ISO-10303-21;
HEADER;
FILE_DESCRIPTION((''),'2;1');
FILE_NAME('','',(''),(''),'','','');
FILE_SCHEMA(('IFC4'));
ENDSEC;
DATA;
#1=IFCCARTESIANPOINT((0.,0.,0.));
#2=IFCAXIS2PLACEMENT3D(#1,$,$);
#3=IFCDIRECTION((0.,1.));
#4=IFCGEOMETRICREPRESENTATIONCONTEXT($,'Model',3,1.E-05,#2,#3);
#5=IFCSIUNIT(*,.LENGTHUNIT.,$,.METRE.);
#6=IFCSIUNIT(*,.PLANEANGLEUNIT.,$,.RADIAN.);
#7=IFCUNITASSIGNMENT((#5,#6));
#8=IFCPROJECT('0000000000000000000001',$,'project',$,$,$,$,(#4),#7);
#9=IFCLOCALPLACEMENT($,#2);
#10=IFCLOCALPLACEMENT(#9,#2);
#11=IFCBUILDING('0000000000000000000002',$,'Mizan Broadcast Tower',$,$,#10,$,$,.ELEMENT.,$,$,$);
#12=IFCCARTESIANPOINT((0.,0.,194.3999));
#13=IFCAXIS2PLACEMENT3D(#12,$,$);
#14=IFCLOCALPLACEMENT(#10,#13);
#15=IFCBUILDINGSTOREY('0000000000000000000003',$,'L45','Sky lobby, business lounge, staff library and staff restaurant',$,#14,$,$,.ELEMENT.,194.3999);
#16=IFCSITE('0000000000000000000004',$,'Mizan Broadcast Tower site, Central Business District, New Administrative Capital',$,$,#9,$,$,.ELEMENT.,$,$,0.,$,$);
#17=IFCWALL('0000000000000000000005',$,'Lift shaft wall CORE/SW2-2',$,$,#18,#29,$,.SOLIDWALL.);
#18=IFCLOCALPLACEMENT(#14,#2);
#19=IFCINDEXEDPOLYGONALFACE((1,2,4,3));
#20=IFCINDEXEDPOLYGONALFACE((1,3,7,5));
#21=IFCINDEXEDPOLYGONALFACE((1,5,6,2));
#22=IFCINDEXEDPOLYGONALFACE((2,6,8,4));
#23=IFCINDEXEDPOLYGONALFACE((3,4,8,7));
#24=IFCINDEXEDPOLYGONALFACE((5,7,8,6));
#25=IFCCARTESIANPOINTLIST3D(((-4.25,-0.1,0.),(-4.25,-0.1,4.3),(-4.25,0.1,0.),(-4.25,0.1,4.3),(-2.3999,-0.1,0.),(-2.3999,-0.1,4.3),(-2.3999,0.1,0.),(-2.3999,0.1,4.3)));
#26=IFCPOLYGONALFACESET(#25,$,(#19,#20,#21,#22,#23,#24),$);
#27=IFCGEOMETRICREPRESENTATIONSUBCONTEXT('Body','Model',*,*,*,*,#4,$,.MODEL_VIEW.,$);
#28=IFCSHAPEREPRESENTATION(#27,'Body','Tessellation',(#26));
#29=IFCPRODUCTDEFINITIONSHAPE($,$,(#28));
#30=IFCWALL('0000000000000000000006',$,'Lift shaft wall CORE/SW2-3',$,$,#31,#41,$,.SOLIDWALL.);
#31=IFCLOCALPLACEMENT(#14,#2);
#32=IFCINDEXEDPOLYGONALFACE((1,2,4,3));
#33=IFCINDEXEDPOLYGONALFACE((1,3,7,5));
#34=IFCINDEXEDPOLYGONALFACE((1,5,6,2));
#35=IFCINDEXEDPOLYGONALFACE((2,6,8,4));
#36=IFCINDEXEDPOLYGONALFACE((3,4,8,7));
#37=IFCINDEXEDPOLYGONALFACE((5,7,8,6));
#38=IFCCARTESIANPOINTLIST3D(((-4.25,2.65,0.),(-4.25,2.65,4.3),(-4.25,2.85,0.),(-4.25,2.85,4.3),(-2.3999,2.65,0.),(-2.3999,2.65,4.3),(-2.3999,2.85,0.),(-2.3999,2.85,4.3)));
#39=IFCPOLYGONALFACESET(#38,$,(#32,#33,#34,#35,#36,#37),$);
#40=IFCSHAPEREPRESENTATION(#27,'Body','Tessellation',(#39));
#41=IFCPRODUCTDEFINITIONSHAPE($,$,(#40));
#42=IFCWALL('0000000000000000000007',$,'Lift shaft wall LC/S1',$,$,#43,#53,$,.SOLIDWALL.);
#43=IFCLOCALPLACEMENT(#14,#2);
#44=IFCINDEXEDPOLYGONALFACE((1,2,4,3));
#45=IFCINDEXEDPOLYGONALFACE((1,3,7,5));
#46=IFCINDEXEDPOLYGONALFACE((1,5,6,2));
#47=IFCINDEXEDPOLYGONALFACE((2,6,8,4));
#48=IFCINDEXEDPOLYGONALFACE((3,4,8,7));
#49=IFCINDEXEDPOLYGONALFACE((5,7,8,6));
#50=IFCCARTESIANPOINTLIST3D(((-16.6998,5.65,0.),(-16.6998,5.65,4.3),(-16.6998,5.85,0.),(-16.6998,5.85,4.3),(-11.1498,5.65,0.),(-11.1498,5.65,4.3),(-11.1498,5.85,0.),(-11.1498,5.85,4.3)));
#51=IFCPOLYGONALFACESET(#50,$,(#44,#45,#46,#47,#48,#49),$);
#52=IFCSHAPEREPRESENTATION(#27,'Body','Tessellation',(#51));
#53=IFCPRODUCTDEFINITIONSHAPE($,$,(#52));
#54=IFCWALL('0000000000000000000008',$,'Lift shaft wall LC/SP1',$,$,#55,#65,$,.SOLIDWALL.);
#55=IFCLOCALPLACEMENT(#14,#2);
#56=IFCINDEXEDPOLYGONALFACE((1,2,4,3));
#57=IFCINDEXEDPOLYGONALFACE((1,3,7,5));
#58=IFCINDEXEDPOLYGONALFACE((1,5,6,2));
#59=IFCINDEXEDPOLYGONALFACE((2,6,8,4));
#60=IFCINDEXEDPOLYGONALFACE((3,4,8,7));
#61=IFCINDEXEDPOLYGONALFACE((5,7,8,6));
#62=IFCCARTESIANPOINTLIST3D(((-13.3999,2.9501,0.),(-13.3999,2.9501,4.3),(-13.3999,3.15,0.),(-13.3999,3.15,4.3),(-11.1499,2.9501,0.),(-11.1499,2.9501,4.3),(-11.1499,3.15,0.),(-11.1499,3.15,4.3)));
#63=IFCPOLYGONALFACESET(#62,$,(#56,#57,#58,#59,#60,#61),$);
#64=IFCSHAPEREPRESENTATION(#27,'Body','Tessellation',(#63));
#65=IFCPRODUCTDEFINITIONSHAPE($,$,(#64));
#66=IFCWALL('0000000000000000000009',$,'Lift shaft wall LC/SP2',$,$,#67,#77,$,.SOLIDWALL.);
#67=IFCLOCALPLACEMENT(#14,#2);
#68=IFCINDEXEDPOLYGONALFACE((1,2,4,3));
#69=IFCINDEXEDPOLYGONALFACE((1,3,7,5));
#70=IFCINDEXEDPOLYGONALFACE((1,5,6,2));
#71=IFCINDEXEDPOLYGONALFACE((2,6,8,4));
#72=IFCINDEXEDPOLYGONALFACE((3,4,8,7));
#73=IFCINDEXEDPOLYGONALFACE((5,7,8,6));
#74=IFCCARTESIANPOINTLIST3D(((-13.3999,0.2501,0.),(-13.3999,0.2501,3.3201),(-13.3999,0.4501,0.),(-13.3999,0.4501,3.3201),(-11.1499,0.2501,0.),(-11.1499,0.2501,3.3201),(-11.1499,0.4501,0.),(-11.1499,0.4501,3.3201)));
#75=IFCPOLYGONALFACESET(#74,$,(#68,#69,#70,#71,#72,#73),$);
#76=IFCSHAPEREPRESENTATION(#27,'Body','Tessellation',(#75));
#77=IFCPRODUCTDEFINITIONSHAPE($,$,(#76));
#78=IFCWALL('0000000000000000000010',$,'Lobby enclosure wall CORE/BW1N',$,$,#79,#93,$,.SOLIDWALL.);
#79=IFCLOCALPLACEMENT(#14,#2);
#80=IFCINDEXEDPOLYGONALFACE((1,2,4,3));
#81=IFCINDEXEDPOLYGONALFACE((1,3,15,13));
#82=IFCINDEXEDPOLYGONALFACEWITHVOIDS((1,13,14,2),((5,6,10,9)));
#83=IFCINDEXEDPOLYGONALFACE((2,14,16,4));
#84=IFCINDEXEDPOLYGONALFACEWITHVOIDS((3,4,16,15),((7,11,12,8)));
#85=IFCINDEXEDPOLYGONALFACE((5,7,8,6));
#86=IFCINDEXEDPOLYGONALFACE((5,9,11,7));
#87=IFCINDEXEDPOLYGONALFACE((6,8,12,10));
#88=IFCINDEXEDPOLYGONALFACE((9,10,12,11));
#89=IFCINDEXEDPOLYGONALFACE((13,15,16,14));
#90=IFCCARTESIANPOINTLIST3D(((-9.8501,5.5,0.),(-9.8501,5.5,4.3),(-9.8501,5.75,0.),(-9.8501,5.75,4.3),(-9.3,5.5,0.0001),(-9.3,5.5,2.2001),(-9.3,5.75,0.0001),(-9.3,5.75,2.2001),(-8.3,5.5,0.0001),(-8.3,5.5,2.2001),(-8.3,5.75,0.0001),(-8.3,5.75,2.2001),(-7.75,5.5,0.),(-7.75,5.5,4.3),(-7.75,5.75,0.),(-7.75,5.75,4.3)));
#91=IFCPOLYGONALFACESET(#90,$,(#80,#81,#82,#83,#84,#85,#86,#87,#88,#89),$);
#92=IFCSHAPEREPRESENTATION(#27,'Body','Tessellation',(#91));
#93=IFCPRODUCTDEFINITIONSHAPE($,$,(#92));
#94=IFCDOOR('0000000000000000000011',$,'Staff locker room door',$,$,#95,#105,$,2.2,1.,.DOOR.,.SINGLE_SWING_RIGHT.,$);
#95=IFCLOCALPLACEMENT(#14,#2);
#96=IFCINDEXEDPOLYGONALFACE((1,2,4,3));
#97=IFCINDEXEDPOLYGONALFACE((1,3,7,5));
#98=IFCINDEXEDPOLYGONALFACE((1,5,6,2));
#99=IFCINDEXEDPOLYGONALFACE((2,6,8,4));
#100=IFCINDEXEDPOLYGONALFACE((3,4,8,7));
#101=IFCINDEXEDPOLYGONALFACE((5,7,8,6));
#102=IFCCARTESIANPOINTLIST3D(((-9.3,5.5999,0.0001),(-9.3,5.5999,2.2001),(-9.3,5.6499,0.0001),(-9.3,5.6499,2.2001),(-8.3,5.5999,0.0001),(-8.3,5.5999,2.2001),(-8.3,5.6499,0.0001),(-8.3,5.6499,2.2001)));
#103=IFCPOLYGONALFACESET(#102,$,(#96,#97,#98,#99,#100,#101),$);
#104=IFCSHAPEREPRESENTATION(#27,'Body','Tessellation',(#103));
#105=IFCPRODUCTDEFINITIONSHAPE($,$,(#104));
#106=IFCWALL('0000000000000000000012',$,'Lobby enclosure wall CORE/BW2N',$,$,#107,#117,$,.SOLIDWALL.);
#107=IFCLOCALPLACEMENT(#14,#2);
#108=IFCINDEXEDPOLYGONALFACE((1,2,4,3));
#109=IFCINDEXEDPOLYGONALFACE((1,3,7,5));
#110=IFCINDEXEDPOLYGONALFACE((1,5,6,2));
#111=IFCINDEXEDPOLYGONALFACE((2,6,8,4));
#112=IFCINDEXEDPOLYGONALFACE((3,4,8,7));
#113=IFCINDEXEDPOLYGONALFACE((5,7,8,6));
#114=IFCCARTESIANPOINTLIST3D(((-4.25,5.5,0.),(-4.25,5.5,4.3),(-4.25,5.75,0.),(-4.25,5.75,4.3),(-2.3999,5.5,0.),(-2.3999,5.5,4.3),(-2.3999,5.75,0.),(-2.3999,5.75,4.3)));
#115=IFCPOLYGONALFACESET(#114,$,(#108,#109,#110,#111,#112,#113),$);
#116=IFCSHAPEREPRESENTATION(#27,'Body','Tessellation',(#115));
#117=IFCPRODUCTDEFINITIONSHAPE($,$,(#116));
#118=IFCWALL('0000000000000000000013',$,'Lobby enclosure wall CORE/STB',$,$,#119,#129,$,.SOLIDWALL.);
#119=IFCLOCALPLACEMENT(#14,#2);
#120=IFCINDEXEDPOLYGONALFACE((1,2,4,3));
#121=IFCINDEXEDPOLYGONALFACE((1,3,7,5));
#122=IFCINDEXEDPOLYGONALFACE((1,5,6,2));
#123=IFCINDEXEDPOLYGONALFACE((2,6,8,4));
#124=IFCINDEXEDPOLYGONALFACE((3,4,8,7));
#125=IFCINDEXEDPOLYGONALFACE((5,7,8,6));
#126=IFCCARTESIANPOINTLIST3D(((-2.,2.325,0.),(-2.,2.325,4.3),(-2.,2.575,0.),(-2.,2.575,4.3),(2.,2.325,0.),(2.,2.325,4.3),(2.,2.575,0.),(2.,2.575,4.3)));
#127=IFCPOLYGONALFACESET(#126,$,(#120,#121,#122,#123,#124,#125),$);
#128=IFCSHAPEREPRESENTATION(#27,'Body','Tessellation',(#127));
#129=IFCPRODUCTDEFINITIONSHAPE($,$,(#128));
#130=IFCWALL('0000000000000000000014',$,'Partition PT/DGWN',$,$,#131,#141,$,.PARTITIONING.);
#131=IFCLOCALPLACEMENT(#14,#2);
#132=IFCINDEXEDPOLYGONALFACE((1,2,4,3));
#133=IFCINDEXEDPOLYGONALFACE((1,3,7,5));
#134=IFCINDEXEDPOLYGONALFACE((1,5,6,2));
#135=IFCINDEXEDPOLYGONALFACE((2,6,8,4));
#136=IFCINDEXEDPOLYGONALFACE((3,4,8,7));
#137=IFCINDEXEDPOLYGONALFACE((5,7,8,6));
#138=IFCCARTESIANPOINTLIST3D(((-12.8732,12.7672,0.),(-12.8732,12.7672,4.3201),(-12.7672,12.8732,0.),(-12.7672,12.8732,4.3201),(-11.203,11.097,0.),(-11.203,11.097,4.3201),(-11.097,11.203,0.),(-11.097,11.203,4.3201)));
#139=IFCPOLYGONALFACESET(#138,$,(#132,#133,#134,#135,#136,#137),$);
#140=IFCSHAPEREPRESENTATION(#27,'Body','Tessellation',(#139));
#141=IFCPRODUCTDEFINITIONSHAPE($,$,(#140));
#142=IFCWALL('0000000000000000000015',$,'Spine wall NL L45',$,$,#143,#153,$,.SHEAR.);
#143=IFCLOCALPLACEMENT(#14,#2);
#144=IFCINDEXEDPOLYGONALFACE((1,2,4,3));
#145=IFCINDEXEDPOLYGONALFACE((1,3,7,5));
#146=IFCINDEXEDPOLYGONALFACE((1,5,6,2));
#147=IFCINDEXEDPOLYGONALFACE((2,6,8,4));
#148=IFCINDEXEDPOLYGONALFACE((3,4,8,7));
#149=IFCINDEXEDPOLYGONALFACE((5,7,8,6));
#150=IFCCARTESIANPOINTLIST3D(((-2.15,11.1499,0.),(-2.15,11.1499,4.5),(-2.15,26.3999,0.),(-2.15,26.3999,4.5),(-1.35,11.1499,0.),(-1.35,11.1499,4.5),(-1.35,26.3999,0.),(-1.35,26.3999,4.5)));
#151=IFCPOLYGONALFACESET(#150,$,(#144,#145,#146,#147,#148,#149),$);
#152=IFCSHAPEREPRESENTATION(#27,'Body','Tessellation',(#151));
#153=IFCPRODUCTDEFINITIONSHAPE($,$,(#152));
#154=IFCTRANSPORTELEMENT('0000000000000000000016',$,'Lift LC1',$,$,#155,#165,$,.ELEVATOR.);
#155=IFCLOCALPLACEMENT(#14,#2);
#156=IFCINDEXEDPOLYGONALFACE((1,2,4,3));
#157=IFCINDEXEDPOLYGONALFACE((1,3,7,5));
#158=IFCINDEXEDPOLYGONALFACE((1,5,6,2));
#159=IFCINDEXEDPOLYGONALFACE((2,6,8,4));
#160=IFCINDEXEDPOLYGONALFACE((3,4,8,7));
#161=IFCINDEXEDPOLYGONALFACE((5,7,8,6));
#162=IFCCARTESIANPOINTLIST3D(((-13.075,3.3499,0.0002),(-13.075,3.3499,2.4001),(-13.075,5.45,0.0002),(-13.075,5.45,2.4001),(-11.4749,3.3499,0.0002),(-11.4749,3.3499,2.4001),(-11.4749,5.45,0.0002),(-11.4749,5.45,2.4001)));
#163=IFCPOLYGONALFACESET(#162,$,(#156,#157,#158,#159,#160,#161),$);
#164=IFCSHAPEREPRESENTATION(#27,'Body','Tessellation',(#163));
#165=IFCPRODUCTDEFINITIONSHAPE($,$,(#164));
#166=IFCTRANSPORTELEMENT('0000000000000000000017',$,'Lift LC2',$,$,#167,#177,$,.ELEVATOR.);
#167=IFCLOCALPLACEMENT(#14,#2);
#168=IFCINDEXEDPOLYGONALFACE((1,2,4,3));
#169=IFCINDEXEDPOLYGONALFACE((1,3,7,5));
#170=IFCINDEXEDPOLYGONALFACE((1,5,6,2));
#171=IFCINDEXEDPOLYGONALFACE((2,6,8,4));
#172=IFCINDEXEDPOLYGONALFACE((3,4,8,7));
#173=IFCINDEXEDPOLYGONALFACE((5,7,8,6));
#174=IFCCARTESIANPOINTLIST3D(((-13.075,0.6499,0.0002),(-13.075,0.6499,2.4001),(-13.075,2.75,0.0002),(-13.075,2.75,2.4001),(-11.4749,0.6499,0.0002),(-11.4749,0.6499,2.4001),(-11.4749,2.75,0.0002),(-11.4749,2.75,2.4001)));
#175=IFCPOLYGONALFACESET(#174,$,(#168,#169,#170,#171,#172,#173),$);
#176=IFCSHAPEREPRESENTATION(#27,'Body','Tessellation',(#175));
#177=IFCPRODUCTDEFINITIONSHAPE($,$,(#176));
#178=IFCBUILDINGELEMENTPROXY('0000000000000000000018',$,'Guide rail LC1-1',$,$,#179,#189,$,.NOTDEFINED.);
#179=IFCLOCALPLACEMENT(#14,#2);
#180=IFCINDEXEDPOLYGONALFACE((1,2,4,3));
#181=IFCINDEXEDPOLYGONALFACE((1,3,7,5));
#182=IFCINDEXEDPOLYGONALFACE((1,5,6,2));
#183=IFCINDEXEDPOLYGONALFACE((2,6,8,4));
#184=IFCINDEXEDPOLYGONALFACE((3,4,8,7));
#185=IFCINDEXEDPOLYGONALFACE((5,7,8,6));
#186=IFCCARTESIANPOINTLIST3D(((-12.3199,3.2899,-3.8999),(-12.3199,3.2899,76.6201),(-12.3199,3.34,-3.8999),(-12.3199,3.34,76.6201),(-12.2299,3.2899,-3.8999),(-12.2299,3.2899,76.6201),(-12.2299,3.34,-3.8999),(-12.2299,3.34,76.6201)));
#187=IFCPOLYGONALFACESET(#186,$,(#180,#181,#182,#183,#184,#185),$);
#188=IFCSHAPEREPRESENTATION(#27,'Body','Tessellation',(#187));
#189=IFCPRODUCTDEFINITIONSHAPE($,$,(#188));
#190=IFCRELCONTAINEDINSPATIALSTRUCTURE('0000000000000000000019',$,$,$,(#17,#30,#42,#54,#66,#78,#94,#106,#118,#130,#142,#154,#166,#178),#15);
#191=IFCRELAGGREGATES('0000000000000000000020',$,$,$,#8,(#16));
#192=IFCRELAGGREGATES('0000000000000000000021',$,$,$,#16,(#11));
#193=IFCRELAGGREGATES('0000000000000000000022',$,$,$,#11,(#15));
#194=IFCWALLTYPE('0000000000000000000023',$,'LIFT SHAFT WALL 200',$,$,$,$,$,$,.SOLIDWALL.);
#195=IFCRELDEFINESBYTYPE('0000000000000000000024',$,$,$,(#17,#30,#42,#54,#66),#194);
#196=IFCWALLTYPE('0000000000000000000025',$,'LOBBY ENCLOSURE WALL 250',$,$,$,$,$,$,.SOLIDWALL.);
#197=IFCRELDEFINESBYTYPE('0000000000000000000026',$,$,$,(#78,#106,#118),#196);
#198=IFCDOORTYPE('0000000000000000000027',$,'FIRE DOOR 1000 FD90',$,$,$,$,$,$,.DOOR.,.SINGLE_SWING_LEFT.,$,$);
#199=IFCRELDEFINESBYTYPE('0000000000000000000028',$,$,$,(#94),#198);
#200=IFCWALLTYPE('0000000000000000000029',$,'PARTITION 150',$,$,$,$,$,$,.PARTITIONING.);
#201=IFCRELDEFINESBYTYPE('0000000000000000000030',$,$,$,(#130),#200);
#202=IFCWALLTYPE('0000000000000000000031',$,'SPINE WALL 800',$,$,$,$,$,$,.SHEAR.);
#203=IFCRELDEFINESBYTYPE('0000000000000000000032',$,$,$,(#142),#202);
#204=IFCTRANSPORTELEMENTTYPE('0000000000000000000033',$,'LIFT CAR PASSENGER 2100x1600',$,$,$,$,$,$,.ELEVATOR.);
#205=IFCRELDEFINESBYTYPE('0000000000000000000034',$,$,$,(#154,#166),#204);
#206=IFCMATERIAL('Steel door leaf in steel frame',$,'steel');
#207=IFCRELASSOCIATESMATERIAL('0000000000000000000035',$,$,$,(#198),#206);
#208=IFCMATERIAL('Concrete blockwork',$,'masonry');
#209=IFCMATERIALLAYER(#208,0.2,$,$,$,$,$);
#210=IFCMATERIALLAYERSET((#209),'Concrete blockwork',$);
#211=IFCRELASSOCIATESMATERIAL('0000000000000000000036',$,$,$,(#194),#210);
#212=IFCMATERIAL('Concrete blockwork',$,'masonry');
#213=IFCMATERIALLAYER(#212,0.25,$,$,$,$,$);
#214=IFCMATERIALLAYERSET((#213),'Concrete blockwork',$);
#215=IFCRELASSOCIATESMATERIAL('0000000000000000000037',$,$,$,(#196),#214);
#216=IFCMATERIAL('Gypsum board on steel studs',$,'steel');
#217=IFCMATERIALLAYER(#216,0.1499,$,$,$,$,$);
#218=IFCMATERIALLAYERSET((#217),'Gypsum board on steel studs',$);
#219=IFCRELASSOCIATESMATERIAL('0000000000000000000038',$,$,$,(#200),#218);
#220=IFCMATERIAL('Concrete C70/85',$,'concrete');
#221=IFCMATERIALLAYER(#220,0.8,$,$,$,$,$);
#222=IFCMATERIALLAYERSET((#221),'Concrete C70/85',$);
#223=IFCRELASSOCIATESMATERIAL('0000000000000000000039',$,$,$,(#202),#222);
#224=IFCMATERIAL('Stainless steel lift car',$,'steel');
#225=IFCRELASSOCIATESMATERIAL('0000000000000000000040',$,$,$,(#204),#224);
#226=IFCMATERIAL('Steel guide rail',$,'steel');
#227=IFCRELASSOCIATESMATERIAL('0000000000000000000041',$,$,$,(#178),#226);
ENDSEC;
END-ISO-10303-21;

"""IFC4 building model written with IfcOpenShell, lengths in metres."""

from ifc_helpers import new_model, si_unit, direction, frame, frame_2d, origin, origin_2d, place, context, subcontext, project, spatial, rectangle, extrude, material, layer, layer_set, type_object, element, fill, save


model = new_model("IFC4")

# Units and contexts
model_context = context("Model", 3, precision=1e-05, world=origin(), true_north=direction((0.0, 1.0)))
body_context = subcontext(model_context, "Body", "Model", "MODEL_VIEW")
ifc_project = project(units=[si_unit("LENGTHUNIT", "METRE"), si_unit("PLANEANGLEUNIT", "RADIAN")], contexts=[model_context])

# Site, building, storey
site_placement = place(None, origin())
site = spatial("IfcSite", under=ifc_project, at=site_placement, Name="Mizan Broadcast Tower site, Central Business District, New Administrative Capital", CompositionType="ELEMENT", RefElevation=0.0)
building_placement = place(site_placement, origin())
building = spatial("IfcBuilding", under=site, at=building_placement, Name="Mizan Broadcast Tower", CompositionType="ELEMENT")
storey_placement = place(building_placement, frame((0.0, 0.0, 194.3999)))
storey = spatial("IfcBuildingStorey", under=building, at=storey_placement, Name="L45", Description="Sky lobby, business lounge, staff library and staff restaurant", CompositionType="ELEMENT", Elevation=194.3999)

# Shared definitions
ifc_material_1 = material(Name="Steel door leaf in steel frame", Category="steel")
door_type_1 = type_object("IfcDoorType", Name="FIRE DOOR 1000 FD90", OperationType="SINGLE_SWING_LEFT", PredefinedType="DOOR", material=ifc_material_1)

# Walls
ifc_material_2 = material(Name="Concrete blockwork", Category="masonry")
ifc_layer_1 = layer(ifc_material_2, 0.2)
ifc_layer_set_1 = layer_set([ifc_layer_1], Name="Concrete blockwork")
wall_type_1 = type_object("IfcWallType", Name="LIFT SHAFT WALL 200", PredefinedType="SOLIDWALL", material=ifc_layer_set_1)
for number, where, z_axis, x_axis, name in (
    (1, (-4.25, 0.0, 0.0), (0.0, 0.0, 1.0), (1.0, 0.0, 0.0), "Lift shaft wall CORE/SW2-2"),
    (2, (-4.25, 2.75, 0.0), (0.0, 0.0, 1.0), (1.0, 0.0, 0.0), "Lift shaft wall CORE/SW2-3"),
):
    element("IfcWall", number, at=place(storey_placement, frame(where, z_axis=z_axis, x_axis=x_axis)), inside=storey, type_object=wall_type_1, Name=name, PredefinedType="SOLIDWALL", context=body_context, shape_type="SweptSolid", body=[
        extrude(rectangle(XDim=1.8501, YDim=0.2, at=frame_2d((0.925, 0.0))), origin(), (0.0, 0.0, 1.0), 4.3),
    ])
wall_1_placement = place(storey_placement, frame((-11.1499, 5.75, 0.0), z_axis=(0.0, 0.0, 1.0), x_axis=(-1.0, 0.0, 0.0)))
element("IfcWall", 3, at=wall_1_placement, inside=storey, type_object=wall_type_1, Name="Lift shaft wall LC/S1", PredefinedType="SOLIDWALL", context=body_context, shape_type="SweptSolid", body=[
    extrude(rectangle(XDim=5.55, YDim=0.2, at=frame_2d((2.7749, 0.0))), origin(), (0.0, 0.0, 1.0), 4.3),
])
wall_2_placement = place(storey_placement, frame((-11.1499, 3.05, 0.0), z_axis=(0.0, 0.0, 1.0), x_axis=(-1.0, 0.0, 0.0)))
element("IfcWall", 4, at=wall_2_placement, inside=storey, type_object=wall_type_1, Name="Lift shaft wall LC/SP1", PredefinedType="SOLIDWALL", context=body_context, shape_type="SweptSolid", body=[
    extrude(rectangle(XDim=2.25, YDim=0.2, at=frame_2d((1.125, 0.0))), origin(), (0.0, 0.0, 1.0), 4.3),
])
wall_3_placement = place(storey_placement, frame((-11.1499, 0.3501, 0.0), z_axis=(0.0, 0.0, 1.0), x_axis=(-1.0, 0.0, 0.0)))
element("IfcWall", 5, at=wall_3_placement, inside=storey, type_object=wall_type_1, Name="Lift shaft wall LC/SP2", PredefinedType="SOLIDWALL", context=body_context, shape_type="SweptSolid", body=[
    extrude(rectangle(XDim=2.25, YDim=0.2, at=frame_2d((1.125, 0.0))), origin(), (0.0, 0.0, 1.0), 3.3201),
])

# Wall, opening, door
ifc_material_3 = material(Name="Concrete blockwork", Category="masonry")
ifc_layer_2 = layer(ifc_material_3, 0.25)
ifc_layer_set_2 = layer_set([ifc_layer_2], Name="Concrete blockwork")
wall_type_2 = type_object("IfcWallType", Name="LOBBY ENCLOSURE WALL 250", PredefinedType="SOLIDWALL", material=ifc_layer_set_2)
wall_4_placement = place(storey_placement, frame((-9.8501, 5.625, 0.0), z_axis=(0.0, 0.0, 1.0), x_axis=(1.0, 0.0, 0.0)))
wall_4 = element("IfcWall", 6, at=wall_4_placement, inside=storey, type_object=wall_type_2, Name="Lobby enclosure wall CORE/BW1N", PredefinedType="SOLIDWALL", context=body_context, shape_type="SweptSolid", body=[
    extrude(rectangle(XDim=2.1001, YDim=0.25, at=frame_2d((1.05, 0.0))), origin(), (0.0, 0.0, 1.0), 4.3),
])
opening_1_placement = place(wall_4_placement, frame((0.55, 0.0, 0.0)))
opening_1 = element("IfcOpeningElement", 7, at=opening_1_placement, cuts=wall_4, PredefinedType="OPENING", context=body_context, shape_type="SweptSolid", body=[
    extrude(rectangle(XDim=1.0, YDim=2.2, at=frame_2d((0.5, 1.1001))), frame((0.0, 0.135, 0.0), z_axis=(0.0, -1.0, 0.0), x_axis=(1.0, 0.0, 0.0)), (0.0, 0.0, 1.0), 0.27),
])
door_1_placement = place(opening_1_placement, origin())
door_1 = element("IfcDoor", 8, at=door_1_placement, inside=storey, type_object=door_type_1, Name="Staff locker room door", OperationType="SINGLE_SWING_RIGHT", OverallHeight=2.2, OverallWidth=1.0, PredefinedType="DOOR", context=body_context, shape_type="SweptSolid", body=[
    extrude(rectangle(XDim=1.0, YDim=2.2, at=frame_2d((0.5, 1.1001))), frame((0.0, 0.0249, 0.0), z_axis=(0.0, -1.0, 0.0), x_axis=(1.0, 0.0, 0.0)), (0.0, 0.0, 1.0), 0.05),
])
fill(opening_1, door_1)

# Walls
wall_5_placement = place(storey_placement, frame((-4.25, 5.625, 0.0), z_axis=(0.0, 0.0, 1.0), x_axis=(1.0, 0.0, 0.0)))
element("IfcWall", 9, at=wall_5_placement, inside=storey, type_object=wall_type_2, Name="Lobby enclosure wall CORE/BW2N", PredefinedType="SOLIDWALL", context=body_context, shape_type="SweptSolid", body=[
    extrude(rectangle(XDim=1.8501, YDim=0.25, at=frame_2d((0.925, 0.0))), origin(), (0.0, 0.0, 1.0), 4.3),
])
wall_6_placement = place(storey_placement, frame((-2.0, 2.45, 0.0), z_axis=(0.0, 0.0, 1.0), x_axis=(1.0, 0.0, 0.0)))
element("IfcWall", 10, at=wall_6_placement, inside=storey, type_object=wall_type_2, Name="Lobby enclosure wall CORE/STB", PredefinedType="SOLIDWALL", context=body_context, shape_type="SweptSolid", body=[
    extrude(rectangle(XDim=4.0, YDim=0.25, at=frame_2d((2.0, 0.0))), origin(), (0.0, 0.0, 1.0), 4.3),
])
ifc_material_4 = material(Name="Gypsum board on steel studs", Category="steel")
ifc_layer_3 = layer(ifc_material_4, 0.1499)
ifc_layer_set_3 = layer_set([ifc_layer_3], Name="Gypsum board on steel studs")
wall_type_3 = type_object("IfcWallType", Name="PARTITION 150", PredefinedType="PARTITIONING", material=ifc_layer_set_3)
wall_7_placement = place(storey_placement, frame((-11.1499, 11.1499, 0.0), z_axis=(0.0, 0.0, 1.0), x_axis=(-0.707107, 0.707107, 0.0)))
element("IfcWall", 11, at=wall_7_placement, inside=storey, type_object=wall_type_3, Name="Partition PT/DGWN", PredefinedType="PARTITIONING", context=body_context, shape_type="SweptSolid", body=[
    extrude(rectangle(XDim=2.3621, YDim=0.1499, at=frame_2d((1.1812, 0.0))), origin(), (0.0, 0.0, 1.0), 4.3201),
])
ifc_material_5 = material(Name="Concrete C70/85", Category="concrete")
ifc_layer_4 = layer(ifc_material_5, 0.8)
ifc_layer_set_4 = layer_set([ifc_layer_4], Name="Concrete C70/85")
wall_type_4 = type_object("IfcWallType", Name="SPINE WALL 800", PredefinedType="SHEAR", material=ifc_layer_set_4)
wall_8_placement = place(storey_placement, frame((-1.75, 11.1499, 0.0), z_axis=(0.0, 0.0, 1.0), x_axis=(0.0, 1.0, 0.0)))
element("IfcWall", 12, at=wall_8_placement, inside=storey, type_object=wall_type_4, Name="Spine wall NL L45", PredefinedType="SHEAR", context=body_context, shape_type="SweptSolid", body=[
    extrude(rectangle(XDim=15.25, YDim=0.8, at=frame_2d((7.625, 0.0))), origin(), (0.0, 0.0, 1.0), 4.5),
])

# Transport elements
ifc_material_6 = material(Name="Stainless steel lift car", Category="steel")
transport_element_type = type_object("IfcTransportElementType", Name="LIFT CAR PASSENGER 2100x1600", PredefinedType="ELEVATOR", material=ifc_material_6)
for number, where, z_axis, x_axis, name in (
    (13, (-12.2749, 4.3999, 0.0002), (0.0, 0.0, 1.0), (1.0, 0.0, 0.0), "Lift LC1"),
    (14, (-12.2749, 1.7, 0.0002), (0.0, 0.0, 1.0), (1.0, 0.0, 0.0), "Lift LC2"),
):
    element("IfcTransportElement", number, at=place(storey_placement, frame(where, z_axis=z_axis, x_axis=x_axis)), inside=storey, type_object=transport_element_type, Name=name, PredefinedType="ELEVATOR", context=body_context, shape_type="SweptSolid", body=[
        extrude(rectangle(XDim=1.6001, YDim=2.1001, at=origin_2d()), origin(), (0.0, 0.0, 1.0), 2.3999),
    ])

# Building element proxy
ifc_material_7 = material(Name="Steel guide rail", Category="steel")
for number, where, z_axis, x_axis, name in (
    (15, (-12.2749, 3.3149, -3.8999), (0.0, 0.0, 1.0), (1.0, 0.0, 0.0), "Guide rail LC1-1"),
):
    element("IfcBuildingElementProxy", number, at=place(storey_placement, frame(where, z_axis=z_axis, x_axis=x_axis)), inside=storey, material=ifc_material_7, Name=name, PredefinedType="NOTDEFINED", context=body_context, shape_type="SweptSolid", body=[
        extrude(rectangle(XDim=0.0901, YDim=0.05, at=origin_2d()), origin(), (0.0, 0.0, 1.0), 80.52),
    ])

save(model, "model.ifc")
